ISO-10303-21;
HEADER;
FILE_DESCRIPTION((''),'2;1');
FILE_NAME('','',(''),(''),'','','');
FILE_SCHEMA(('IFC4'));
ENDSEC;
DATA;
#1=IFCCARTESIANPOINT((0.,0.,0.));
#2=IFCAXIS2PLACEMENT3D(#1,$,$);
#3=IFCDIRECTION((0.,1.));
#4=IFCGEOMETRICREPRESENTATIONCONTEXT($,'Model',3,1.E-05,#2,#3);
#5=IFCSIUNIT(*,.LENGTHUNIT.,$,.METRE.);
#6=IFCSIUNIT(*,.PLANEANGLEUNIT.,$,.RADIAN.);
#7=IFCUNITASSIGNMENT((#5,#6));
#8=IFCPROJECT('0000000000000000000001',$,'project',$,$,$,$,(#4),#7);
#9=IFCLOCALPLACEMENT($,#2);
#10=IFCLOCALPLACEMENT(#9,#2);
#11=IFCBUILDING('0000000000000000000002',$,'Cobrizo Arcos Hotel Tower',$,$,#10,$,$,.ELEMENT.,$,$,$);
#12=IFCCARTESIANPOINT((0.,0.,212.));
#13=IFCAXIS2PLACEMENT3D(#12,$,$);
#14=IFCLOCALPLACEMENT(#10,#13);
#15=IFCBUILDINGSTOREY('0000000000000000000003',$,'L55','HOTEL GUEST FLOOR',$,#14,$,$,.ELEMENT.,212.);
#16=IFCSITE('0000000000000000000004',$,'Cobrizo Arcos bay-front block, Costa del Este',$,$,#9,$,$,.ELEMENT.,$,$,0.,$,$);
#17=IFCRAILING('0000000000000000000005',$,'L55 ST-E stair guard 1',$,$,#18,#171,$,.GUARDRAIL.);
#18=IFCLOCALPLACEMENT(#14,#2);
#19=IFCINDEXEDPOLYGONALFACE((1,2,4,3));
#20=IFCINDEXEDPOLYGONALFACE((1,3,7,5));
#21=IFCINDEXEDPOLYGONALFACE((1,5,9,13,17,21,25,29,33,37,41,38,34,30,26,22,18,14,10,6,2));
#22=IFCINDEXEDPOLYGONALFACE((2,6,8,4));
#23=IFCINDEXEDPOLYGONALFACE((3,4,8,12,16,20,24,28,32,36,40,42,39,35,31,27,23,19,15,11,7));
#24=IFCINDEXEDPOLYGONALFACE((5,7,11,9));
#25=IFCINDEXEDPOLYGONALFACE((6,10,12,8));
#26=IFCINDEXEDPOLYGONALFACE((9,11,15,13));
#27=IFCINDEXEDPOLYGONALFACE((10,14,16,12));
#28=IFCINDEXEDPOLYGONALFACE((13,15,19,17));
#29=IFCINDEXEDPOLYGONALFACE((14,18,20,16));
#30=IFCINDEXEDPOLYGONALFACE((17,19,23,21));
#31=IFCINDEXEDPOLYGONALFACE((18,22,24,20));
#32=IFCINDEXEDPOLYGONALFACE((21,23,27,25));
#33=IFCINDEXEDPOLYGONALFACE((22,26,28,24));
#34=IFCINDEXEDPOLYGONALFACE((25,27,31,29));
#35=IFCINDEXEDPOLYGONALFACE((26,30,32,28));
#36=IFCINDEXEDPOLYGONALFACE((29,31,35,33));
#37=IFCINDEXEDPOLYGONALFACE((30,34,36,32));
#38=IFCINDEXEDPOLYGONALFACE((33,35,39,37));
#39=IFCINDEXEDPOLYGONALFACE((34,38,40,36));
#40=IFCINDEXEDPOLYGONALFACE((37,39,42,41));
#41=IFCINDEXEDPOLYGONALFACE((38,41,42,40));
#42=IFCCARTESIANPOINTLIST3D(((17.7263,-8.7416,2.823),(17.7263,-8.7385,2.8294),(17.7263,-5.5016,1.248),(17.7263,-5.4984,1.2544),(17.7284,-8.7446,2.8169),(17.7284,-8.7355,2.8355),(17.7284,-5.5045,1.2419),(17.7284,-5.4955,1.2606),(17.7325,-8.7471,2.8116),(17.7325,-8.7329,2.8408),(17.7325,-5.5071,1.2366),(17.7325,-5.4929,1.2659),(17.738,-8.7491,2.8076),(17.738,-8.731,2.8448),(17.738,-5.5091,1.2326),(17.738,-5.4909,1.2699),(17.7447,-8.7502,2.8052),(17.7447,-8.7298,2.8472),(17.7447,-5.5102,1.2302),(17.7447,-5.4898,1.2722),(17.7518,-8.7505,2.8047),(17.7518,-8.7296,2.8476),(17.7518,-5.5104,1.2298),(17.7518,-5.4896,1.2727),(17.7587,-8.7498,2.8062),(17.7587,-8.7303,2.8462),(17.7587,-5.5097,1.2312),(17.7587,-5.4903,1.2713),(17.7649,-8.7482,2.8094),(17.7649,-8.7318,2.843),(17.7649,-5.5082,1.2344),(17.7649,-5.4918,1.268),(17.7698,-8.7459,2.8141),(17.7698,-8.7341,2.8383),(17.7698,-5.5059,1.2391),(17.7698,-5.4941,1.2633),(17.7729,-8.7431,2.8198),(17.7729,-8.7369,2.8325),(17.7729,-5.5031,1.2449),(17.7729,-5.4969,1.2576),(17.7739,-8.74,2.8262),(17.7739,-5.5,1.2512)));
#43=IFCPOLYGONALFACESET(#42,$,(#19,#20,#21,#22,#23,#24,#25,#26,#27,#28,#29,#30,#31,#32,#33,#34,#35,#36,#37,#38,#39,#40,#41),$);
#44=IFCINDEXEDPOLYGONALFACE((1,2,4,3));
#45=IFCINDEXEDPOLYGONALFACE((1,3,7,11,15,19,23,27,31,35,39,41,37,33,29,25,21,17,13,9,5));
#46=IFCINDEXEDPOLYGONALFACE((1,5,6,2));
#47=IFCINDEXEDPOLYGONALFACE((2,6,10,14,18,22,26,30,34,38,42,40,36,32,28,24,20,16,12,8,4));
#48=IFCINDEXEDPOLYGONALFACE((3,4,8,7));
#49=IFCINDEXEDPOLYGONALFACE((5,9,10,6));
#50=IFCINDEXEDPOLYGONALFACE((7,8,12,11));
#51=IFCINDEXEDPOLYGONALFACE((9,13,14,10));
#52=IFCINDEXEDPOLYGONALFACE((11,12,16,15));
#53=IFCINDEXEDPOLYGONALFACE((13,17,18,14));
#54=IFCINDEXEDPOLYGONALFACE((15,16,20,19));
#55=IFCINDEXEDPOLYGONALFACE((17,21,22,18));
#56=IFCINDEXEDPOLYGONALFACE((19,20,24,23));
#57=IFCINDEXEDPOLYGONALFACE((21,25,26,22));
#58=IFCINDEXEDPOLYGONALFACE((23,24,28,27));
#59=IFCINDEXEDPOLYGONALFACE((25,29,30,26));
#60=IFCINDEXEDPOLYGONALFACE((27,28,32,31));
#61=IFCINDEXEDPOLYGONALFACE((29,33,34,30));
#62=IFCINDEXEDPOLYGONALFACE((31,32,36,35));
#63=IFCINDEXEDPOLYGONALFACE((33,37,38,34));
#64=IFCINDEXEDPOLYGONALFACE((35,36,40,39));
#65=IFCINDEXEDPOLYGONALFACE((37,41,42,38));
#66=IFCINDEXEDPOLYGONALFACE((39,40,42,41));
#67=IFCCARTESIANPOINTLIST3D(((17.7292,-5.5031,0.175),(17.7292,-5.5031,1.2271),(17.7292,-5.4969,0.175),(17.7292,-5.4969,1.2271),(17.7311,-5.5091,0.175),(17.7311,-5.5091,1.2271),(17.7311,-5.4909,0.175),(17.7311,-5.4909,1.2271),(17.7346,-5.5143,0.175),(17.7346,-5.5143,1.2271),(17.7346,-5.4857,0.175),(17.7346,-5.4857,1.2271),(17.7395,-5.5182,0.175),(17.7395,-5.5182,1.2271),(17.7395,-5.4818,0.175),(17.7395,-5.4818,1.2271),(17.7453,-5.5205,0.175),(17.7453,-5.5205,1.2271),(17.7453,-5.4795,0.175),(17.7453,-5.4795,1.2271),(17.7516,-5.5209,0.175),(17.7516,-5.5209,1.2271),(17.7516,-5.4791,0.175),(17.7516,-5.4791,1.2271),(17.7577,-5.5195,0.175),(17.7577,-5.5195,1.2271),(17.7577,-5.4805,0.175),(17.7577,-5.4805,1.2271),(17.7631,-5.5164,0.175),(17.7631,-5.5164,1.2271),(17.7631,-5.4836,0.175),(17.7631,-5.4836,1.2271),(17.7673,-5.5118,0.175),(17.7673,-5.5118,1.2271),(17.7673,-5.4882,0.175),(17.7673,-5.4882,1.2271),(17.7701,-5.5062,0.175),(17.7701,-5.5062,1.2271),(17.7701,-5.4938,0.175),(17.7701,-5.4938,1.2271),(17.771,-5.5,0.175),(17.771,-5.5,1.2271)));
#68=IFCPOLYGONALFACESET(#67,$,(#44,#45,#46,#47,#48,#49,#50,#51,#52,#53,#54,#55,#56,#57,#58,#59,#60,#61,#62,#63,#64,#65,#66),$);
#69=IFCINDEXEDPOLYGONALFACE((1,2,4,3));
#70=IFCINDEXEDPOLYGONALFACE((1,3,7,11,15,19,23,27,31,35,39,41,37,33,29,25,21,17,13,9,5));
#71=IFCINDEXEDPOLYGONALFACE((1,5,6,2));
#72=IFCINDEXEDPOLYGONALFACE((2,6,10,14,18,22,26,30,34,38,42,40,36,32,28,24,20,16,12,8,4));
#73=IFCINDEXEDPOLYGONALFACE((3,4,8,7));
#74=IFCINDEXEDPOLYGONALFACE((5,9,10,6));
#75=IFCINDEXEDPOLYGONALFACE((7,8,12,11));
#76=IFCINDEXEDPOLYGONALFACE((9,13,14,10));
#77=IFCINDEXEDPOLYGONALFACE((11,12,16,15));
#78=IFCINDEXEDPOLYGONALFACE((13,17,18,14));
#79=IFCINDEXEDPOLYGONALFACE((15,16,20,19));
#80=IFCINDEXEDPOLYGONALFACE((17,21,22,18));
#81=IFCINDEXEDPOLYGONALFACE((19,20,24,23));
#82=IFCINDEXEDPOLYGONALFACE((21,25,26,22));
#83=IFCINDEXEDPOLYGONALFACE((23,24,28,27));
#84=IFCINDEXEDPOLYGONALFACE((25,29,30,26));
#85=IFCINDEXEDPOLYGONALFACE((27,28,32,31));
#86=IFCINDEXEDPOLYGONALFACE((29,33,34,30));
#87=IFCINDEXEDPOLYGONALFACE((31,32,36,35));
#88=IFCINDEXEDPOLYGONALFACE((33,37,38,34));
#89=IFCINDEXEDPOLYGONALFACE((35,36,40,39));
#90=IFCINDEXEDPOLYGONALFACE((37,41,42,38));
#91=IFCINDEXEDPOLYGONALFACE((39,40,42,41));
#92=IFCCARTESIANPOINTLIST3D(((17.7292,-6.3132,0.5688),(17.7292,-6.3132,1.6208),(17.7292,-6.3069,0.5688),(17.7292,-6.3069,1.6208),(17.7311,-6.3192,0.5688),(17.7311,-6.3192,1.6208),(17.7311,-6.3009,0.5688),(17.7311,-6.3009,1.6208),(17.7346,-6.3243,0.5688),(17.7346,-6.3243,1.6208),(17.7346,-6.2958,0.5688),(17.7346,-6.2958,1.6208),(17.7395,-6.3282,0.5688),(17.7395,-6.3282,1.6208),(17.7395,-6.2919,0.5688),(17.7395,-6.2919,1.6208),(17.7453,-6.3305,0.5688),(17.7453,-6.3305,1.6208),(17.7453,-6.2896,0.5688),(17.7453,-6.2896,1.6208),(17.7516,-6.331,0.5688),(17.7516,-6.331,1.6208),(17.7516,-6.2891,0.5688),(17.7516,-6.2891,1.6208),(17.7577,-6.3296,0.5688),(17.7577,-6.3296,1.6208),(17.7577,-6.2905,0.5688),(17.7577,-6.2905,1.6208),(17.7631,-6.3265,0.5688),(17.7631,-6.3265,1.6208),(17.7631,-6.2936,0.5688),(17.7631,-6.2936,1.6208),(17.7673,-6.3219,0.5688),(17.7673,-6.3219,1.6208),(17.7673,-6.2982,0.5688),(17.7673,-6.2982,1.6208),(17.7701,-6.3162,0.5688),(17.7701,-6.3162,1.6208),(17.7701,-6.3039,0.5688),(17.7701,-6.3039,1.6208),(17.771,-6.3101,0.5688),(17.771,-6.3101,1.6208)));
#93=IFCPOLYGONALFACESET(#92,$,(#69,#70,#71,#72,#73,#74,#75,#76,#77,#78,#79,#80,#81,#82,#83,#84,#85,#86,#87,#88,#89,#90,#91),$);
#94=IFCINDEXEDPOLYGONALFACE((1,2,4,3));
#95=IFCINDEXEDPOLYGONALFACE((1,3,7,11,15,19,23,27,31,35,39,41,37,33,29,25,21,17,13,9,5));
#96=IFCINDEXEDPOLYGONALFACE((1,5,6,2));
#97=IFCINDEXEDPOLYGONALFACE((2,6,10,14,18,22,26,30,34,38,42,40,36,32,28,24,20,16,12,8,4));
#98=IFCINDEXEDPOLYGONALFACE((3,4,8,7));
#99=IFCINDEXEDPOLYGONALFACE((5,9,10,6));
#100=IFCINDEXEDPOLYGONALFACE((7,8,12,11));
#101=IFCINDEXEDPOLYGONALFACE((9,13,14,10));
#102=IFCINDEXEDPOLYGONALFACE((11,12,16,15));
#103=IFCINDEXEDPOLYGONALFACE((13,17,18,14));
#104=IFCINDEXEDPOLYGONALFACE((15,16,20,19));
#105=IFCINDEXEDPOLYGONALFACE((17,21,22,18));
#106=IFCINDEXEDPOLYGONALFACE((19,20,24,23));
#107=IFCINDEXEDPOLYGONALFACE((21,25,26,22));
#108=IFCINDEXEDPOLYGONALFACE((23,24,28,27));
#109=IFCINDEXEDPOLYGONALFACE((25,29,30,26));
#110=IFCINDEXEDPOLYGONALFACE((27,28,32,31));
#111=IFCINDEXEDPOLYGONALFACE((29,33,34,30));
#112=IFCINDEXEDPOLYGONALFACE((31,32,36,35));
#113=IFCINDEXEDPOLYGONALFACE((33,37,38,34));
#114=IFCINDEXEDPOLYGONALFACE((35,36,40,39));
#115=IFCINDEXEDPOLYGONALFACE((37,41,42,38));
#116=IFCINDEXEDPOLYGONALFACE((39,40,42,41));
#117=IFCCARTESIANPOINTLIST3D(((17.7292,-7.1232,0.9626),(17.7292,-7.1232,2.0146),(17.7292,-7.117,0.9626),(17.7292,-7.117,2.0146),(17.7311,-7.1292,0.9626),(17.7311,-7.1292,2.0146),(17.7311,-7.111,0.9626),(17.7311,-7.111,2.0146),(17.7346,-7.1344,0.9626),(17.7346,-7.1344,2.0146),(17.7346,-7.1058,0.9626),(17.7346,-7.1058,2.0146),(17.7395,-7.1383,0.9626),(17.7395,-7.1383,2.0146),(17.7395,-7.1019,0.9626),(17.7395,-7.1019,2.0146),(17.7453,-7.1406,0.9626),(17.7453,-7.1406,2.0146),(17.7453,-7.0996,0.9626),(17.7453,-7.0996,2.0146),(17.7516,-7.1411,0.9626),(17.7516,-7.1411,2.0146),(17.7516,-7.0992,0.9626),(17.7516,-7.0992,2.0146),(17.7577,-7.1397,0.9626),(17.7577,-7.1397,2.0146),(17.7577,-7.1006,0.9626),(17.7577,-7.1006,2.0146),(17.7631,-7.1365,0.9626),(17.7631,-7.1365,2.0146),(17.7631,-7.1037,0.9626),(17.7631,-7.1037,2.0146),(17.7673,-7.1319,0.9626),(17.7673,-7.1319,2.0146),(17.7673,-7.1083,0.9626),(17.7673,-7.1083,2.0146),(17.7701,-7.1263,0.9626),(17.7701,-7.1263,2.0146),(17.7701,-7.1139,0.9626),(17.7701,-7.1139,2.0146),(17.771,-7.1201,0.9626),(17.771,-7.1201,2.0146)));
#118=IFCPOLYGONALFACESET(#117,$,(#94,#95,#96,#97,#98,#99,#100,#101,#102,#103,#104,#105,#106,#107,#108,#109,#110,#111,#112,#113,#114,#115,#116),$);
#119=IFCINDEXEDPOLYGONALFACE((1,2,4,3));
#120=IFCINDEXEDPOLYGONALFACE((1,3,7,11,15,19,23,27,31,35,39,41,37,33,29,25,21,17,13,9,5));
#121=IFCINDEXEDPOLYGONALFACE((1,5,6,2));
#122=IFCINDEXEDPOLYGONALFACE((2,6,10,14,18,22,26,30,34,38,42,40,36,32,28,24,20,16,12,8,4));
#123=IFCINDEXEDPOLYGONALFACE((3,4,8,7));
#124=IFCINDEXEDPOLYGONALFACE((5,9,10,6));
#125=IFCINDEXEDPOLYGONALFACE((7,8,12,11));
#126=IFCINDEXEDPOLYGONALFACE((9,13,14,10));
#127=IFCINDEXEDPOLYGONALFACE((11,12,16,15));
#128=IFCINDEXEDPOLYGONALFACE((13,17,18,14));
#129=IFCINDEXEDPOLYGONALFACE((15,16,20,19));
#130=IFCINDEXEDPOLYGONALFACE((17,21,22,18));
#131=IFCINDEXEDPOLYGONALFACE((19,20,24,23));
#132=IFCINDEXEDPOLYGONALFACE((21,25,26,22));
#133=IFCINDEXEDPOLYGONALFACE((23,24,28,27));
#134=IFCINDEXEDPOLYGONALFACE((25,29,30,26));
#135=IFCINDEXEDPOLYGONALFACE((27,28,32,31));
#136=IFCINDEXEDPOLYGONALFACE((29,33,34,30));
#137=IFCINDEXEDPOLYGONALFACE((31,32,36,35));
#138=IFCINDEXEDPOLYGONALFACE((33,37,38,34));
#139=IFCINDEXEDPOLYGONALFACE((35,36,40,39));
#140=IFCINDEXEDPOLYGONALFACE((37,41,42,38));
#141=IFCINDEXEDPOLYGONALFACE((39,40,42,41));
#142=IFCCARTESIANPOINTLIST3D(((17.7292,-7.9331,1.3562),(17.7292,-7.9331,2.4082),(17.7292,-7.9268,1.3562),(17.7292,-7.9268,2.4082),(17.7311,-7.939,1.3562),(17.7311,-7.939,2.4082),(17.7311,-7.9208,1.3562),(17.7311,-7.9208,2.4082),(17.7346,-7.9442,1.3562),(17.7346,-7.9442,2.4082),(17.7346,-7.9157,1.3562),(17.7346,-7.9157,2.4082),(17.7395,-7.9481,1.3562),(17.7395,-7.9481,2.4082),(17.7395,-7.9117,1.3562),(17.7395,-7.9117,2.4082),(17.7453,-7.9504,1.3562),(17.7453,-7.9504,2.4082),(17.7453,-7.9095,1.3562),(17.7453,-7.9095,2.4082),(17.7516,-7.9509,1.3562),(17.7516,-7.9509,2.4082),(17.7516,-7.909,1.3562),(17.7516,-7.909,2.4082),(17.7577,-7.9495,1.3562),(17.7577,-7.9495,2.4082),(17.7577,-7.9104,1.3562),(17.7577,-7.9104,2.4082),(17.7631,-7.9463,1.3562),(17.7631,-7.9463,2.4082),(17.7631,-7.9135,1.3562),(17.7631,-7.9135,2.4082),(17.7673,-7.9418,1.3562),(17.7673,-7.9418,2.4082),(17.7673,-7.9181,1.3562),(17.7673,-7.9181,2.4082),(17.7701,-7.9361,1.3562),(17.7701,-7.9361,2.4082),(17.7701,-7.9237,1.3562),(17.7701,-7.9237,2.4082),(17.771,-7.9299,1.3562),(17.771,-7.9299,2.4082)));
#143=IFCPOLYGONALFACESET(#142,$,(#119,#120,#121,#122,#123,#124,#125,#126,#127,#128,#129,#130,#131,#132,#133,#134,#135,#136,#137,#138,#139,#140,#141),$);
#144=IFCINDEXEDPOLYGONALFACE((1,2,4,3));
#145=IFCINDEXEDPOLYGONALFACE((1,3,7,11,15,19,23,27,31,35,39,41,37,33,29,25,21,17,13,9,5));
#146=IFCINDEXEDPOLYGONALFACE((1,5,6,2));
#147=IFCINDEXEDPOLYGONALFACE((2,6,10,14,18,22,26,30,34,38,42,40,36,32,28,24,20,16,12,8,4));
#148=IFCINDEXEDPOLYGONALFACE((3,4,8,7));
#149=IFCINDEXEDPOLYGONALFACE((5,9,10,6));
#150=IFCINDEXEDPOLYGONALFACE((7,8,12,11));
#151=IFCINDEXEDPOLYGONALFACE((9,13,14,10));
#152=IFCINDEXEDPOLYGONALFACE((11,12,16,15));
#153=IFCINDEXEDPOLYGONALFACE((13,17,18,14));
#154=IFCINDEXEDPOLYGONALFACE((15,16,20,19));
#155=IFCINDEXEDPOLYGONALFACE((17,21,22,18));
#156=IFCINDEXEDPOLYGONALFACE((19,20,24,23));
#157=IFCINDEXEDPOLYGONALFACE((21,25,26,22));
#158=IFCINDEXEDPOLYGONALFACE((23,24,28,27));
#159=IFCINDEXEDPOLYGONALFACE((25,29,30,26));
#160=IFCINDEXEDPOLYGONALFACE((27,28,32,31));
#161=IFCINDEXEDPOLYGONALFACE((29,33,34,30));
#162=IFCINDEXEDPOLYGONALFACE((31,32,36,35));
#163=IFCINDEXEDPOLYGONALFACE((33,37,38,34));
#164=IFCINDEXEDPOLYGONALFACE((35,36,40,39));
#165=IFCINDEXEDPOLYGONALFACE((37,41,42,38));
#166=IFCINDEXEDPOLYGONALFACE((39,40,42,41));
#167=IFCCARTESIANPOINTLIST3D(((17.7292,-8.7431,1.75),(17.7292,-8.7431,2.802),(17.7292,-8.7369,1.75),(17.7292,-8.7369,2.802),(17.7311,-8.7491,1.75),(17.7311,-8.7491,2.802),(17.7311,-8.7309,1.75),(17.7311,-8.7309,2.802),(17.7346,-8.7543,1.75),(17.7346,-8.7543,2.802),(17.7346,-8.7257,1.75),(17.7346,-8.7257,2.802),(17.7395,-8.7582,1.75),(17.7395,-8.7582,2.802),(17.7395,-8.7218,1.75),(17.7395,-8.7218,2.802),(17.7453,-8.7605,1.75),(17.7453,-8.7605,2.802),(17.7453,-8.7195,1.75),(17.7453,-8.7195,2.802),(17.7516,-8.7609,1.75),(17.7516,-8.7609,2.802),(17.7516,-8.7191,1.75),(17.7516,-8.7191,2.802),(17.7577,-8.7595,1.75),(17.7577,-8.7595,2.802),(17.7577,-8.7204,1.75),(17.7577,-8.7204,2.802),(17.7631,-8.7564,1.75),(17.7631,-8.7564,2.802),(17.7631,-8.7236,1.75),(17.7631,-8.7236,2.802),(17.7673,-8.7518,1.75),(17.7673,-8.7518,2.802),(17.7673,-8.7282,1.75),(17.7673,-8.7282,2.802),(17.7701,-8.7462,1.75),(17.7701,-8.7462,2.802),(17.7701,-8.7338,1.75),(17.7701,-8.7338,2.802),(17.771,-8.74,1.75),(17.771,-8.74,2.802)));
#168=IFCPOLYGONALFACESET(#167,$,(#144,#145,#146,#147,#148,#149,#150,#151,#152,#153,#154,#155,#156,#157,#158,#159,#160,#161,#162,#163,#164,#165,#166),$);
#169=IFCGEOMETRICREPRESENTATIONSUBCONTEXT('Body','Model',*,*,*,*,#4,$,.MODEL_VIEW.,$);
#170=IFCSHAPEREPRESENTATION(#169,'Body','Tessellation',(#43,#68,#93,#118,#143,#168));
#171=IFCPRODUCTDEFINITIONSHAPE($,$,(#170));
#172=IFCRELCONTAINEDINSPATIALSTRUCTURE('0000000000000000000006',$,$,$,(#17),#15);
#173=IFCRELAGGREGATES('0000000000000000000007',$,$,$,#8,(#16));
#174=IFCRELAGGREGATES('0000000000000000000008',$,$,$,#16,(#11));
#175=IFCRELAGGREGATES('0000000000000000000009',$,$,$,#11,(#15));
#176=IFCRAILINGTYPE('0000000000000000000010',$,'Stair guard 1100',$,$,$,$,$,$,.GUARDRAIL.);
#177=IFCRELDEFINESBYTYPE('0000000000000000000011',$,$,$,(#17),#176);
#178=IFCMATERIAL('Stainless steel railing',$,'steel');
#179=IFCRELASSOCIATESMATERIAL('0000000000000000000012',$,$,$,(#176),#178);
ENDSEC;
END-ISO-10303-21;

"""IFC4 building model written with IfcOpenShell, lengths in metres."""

from ifc_helpers import new_model, si_unit, direction, frame, origin, origin_2d, place, context, subcontext, project, spatial, circle, extrude, material, type_object, element, save


model = new_model("IFC4")

# Units and contexts
model_context = context("Model", 3, precision=1e-05, world=origin(), true_north=direction((0.0, 1.0)))
body_context = subcontext(model_context, "Body", "Model", "MODEL_VIEW")
ifc_project = project(units=[si_unit("LENGTHUNIT", "METRE"), si_unit("PLANEANGLEUNIT", "RADIAN")], contexts=[model_context])

# Site, building, storey
site_placement = place(None, origin())
site = spatial("IfcSite", under=ifc_project, at=site_placement, Name="Cobrizo Arcos bay-front block, Costa del Este", CompositionType="ELEMENT", RefElevation=0.0)
building_placement = place(site_placement, origin())
building = spatial("IfcBuilding", under=site, at=building_placement, Name="Cobrizo Arcos Hotel Tower", CompositionType="ELEMENT")
storey_placement = place(building_placement, frame((0.0, 0.0, 212.0)))
storey = spatial("IfcBuildingStorey", under=building, at=storey_placement, Name="L55", Description="HOTEL GUEST FLOOR", CompositionType="ELEMENT", Elevation=212.0)

# Railing
ifc_material_1 = material(Name="Stainless steel railing", Category="steel")
railing_type_1 = type_object("IfcRailingType", Name="Stair guard 1100", PredefinedType="GUARDRAIL", material=ifc_material_1)
railing_1_placement = place(storey_placement, frame((17.75, -5.5, 0.175)))
element("IfcRailing", 1, at=railing_1_placement, inside=storey, type_object=railing_type_1, Name="L55 ST-E stair guard 1", PredefinedType="GUARDRAIL", context=body_context, shape_type="SweptSolid", body=[
    extrude(circle(Radius=0.0239, at=origin_2d()), frame((0.0, 0.0, 1.0762), z_axis=(0.0, -0.899373, 0.437183), x_axis=(1.0, 0.0, 0.0)), (0.0, 0.0, 1.0), 3.6025),
    extrude(circle(Radius=0.021, at=origin_2d()), origin(), (0.0, 0.0, 1.0), 1.052),
    extrude(circle(Radius=0.021, at=origin_2d()), frame((0.0, -0.8101, 0.3938)), (0.0, 0.0, 1.0), 1.052),
    extrude(circle(Radius=0.021, at=origin_2d()), frame((0.0, -1.6201, 0.7876)), (0.0, 0.0, 1.0), 1.052),
    extrude(circle(Radius=0.021, at=origin_2d()), frame((0.0, -2.4299, 1.1812)), (0.0, 0.0, 1.0), 1.052),
    extrude(circle(Radius=0.021, at=origin_2d()), frame((0.0, -3.24, 1.575)), (0.0, 0.0, 1.0), 1.052),
])

save(model, "model.ifc")
